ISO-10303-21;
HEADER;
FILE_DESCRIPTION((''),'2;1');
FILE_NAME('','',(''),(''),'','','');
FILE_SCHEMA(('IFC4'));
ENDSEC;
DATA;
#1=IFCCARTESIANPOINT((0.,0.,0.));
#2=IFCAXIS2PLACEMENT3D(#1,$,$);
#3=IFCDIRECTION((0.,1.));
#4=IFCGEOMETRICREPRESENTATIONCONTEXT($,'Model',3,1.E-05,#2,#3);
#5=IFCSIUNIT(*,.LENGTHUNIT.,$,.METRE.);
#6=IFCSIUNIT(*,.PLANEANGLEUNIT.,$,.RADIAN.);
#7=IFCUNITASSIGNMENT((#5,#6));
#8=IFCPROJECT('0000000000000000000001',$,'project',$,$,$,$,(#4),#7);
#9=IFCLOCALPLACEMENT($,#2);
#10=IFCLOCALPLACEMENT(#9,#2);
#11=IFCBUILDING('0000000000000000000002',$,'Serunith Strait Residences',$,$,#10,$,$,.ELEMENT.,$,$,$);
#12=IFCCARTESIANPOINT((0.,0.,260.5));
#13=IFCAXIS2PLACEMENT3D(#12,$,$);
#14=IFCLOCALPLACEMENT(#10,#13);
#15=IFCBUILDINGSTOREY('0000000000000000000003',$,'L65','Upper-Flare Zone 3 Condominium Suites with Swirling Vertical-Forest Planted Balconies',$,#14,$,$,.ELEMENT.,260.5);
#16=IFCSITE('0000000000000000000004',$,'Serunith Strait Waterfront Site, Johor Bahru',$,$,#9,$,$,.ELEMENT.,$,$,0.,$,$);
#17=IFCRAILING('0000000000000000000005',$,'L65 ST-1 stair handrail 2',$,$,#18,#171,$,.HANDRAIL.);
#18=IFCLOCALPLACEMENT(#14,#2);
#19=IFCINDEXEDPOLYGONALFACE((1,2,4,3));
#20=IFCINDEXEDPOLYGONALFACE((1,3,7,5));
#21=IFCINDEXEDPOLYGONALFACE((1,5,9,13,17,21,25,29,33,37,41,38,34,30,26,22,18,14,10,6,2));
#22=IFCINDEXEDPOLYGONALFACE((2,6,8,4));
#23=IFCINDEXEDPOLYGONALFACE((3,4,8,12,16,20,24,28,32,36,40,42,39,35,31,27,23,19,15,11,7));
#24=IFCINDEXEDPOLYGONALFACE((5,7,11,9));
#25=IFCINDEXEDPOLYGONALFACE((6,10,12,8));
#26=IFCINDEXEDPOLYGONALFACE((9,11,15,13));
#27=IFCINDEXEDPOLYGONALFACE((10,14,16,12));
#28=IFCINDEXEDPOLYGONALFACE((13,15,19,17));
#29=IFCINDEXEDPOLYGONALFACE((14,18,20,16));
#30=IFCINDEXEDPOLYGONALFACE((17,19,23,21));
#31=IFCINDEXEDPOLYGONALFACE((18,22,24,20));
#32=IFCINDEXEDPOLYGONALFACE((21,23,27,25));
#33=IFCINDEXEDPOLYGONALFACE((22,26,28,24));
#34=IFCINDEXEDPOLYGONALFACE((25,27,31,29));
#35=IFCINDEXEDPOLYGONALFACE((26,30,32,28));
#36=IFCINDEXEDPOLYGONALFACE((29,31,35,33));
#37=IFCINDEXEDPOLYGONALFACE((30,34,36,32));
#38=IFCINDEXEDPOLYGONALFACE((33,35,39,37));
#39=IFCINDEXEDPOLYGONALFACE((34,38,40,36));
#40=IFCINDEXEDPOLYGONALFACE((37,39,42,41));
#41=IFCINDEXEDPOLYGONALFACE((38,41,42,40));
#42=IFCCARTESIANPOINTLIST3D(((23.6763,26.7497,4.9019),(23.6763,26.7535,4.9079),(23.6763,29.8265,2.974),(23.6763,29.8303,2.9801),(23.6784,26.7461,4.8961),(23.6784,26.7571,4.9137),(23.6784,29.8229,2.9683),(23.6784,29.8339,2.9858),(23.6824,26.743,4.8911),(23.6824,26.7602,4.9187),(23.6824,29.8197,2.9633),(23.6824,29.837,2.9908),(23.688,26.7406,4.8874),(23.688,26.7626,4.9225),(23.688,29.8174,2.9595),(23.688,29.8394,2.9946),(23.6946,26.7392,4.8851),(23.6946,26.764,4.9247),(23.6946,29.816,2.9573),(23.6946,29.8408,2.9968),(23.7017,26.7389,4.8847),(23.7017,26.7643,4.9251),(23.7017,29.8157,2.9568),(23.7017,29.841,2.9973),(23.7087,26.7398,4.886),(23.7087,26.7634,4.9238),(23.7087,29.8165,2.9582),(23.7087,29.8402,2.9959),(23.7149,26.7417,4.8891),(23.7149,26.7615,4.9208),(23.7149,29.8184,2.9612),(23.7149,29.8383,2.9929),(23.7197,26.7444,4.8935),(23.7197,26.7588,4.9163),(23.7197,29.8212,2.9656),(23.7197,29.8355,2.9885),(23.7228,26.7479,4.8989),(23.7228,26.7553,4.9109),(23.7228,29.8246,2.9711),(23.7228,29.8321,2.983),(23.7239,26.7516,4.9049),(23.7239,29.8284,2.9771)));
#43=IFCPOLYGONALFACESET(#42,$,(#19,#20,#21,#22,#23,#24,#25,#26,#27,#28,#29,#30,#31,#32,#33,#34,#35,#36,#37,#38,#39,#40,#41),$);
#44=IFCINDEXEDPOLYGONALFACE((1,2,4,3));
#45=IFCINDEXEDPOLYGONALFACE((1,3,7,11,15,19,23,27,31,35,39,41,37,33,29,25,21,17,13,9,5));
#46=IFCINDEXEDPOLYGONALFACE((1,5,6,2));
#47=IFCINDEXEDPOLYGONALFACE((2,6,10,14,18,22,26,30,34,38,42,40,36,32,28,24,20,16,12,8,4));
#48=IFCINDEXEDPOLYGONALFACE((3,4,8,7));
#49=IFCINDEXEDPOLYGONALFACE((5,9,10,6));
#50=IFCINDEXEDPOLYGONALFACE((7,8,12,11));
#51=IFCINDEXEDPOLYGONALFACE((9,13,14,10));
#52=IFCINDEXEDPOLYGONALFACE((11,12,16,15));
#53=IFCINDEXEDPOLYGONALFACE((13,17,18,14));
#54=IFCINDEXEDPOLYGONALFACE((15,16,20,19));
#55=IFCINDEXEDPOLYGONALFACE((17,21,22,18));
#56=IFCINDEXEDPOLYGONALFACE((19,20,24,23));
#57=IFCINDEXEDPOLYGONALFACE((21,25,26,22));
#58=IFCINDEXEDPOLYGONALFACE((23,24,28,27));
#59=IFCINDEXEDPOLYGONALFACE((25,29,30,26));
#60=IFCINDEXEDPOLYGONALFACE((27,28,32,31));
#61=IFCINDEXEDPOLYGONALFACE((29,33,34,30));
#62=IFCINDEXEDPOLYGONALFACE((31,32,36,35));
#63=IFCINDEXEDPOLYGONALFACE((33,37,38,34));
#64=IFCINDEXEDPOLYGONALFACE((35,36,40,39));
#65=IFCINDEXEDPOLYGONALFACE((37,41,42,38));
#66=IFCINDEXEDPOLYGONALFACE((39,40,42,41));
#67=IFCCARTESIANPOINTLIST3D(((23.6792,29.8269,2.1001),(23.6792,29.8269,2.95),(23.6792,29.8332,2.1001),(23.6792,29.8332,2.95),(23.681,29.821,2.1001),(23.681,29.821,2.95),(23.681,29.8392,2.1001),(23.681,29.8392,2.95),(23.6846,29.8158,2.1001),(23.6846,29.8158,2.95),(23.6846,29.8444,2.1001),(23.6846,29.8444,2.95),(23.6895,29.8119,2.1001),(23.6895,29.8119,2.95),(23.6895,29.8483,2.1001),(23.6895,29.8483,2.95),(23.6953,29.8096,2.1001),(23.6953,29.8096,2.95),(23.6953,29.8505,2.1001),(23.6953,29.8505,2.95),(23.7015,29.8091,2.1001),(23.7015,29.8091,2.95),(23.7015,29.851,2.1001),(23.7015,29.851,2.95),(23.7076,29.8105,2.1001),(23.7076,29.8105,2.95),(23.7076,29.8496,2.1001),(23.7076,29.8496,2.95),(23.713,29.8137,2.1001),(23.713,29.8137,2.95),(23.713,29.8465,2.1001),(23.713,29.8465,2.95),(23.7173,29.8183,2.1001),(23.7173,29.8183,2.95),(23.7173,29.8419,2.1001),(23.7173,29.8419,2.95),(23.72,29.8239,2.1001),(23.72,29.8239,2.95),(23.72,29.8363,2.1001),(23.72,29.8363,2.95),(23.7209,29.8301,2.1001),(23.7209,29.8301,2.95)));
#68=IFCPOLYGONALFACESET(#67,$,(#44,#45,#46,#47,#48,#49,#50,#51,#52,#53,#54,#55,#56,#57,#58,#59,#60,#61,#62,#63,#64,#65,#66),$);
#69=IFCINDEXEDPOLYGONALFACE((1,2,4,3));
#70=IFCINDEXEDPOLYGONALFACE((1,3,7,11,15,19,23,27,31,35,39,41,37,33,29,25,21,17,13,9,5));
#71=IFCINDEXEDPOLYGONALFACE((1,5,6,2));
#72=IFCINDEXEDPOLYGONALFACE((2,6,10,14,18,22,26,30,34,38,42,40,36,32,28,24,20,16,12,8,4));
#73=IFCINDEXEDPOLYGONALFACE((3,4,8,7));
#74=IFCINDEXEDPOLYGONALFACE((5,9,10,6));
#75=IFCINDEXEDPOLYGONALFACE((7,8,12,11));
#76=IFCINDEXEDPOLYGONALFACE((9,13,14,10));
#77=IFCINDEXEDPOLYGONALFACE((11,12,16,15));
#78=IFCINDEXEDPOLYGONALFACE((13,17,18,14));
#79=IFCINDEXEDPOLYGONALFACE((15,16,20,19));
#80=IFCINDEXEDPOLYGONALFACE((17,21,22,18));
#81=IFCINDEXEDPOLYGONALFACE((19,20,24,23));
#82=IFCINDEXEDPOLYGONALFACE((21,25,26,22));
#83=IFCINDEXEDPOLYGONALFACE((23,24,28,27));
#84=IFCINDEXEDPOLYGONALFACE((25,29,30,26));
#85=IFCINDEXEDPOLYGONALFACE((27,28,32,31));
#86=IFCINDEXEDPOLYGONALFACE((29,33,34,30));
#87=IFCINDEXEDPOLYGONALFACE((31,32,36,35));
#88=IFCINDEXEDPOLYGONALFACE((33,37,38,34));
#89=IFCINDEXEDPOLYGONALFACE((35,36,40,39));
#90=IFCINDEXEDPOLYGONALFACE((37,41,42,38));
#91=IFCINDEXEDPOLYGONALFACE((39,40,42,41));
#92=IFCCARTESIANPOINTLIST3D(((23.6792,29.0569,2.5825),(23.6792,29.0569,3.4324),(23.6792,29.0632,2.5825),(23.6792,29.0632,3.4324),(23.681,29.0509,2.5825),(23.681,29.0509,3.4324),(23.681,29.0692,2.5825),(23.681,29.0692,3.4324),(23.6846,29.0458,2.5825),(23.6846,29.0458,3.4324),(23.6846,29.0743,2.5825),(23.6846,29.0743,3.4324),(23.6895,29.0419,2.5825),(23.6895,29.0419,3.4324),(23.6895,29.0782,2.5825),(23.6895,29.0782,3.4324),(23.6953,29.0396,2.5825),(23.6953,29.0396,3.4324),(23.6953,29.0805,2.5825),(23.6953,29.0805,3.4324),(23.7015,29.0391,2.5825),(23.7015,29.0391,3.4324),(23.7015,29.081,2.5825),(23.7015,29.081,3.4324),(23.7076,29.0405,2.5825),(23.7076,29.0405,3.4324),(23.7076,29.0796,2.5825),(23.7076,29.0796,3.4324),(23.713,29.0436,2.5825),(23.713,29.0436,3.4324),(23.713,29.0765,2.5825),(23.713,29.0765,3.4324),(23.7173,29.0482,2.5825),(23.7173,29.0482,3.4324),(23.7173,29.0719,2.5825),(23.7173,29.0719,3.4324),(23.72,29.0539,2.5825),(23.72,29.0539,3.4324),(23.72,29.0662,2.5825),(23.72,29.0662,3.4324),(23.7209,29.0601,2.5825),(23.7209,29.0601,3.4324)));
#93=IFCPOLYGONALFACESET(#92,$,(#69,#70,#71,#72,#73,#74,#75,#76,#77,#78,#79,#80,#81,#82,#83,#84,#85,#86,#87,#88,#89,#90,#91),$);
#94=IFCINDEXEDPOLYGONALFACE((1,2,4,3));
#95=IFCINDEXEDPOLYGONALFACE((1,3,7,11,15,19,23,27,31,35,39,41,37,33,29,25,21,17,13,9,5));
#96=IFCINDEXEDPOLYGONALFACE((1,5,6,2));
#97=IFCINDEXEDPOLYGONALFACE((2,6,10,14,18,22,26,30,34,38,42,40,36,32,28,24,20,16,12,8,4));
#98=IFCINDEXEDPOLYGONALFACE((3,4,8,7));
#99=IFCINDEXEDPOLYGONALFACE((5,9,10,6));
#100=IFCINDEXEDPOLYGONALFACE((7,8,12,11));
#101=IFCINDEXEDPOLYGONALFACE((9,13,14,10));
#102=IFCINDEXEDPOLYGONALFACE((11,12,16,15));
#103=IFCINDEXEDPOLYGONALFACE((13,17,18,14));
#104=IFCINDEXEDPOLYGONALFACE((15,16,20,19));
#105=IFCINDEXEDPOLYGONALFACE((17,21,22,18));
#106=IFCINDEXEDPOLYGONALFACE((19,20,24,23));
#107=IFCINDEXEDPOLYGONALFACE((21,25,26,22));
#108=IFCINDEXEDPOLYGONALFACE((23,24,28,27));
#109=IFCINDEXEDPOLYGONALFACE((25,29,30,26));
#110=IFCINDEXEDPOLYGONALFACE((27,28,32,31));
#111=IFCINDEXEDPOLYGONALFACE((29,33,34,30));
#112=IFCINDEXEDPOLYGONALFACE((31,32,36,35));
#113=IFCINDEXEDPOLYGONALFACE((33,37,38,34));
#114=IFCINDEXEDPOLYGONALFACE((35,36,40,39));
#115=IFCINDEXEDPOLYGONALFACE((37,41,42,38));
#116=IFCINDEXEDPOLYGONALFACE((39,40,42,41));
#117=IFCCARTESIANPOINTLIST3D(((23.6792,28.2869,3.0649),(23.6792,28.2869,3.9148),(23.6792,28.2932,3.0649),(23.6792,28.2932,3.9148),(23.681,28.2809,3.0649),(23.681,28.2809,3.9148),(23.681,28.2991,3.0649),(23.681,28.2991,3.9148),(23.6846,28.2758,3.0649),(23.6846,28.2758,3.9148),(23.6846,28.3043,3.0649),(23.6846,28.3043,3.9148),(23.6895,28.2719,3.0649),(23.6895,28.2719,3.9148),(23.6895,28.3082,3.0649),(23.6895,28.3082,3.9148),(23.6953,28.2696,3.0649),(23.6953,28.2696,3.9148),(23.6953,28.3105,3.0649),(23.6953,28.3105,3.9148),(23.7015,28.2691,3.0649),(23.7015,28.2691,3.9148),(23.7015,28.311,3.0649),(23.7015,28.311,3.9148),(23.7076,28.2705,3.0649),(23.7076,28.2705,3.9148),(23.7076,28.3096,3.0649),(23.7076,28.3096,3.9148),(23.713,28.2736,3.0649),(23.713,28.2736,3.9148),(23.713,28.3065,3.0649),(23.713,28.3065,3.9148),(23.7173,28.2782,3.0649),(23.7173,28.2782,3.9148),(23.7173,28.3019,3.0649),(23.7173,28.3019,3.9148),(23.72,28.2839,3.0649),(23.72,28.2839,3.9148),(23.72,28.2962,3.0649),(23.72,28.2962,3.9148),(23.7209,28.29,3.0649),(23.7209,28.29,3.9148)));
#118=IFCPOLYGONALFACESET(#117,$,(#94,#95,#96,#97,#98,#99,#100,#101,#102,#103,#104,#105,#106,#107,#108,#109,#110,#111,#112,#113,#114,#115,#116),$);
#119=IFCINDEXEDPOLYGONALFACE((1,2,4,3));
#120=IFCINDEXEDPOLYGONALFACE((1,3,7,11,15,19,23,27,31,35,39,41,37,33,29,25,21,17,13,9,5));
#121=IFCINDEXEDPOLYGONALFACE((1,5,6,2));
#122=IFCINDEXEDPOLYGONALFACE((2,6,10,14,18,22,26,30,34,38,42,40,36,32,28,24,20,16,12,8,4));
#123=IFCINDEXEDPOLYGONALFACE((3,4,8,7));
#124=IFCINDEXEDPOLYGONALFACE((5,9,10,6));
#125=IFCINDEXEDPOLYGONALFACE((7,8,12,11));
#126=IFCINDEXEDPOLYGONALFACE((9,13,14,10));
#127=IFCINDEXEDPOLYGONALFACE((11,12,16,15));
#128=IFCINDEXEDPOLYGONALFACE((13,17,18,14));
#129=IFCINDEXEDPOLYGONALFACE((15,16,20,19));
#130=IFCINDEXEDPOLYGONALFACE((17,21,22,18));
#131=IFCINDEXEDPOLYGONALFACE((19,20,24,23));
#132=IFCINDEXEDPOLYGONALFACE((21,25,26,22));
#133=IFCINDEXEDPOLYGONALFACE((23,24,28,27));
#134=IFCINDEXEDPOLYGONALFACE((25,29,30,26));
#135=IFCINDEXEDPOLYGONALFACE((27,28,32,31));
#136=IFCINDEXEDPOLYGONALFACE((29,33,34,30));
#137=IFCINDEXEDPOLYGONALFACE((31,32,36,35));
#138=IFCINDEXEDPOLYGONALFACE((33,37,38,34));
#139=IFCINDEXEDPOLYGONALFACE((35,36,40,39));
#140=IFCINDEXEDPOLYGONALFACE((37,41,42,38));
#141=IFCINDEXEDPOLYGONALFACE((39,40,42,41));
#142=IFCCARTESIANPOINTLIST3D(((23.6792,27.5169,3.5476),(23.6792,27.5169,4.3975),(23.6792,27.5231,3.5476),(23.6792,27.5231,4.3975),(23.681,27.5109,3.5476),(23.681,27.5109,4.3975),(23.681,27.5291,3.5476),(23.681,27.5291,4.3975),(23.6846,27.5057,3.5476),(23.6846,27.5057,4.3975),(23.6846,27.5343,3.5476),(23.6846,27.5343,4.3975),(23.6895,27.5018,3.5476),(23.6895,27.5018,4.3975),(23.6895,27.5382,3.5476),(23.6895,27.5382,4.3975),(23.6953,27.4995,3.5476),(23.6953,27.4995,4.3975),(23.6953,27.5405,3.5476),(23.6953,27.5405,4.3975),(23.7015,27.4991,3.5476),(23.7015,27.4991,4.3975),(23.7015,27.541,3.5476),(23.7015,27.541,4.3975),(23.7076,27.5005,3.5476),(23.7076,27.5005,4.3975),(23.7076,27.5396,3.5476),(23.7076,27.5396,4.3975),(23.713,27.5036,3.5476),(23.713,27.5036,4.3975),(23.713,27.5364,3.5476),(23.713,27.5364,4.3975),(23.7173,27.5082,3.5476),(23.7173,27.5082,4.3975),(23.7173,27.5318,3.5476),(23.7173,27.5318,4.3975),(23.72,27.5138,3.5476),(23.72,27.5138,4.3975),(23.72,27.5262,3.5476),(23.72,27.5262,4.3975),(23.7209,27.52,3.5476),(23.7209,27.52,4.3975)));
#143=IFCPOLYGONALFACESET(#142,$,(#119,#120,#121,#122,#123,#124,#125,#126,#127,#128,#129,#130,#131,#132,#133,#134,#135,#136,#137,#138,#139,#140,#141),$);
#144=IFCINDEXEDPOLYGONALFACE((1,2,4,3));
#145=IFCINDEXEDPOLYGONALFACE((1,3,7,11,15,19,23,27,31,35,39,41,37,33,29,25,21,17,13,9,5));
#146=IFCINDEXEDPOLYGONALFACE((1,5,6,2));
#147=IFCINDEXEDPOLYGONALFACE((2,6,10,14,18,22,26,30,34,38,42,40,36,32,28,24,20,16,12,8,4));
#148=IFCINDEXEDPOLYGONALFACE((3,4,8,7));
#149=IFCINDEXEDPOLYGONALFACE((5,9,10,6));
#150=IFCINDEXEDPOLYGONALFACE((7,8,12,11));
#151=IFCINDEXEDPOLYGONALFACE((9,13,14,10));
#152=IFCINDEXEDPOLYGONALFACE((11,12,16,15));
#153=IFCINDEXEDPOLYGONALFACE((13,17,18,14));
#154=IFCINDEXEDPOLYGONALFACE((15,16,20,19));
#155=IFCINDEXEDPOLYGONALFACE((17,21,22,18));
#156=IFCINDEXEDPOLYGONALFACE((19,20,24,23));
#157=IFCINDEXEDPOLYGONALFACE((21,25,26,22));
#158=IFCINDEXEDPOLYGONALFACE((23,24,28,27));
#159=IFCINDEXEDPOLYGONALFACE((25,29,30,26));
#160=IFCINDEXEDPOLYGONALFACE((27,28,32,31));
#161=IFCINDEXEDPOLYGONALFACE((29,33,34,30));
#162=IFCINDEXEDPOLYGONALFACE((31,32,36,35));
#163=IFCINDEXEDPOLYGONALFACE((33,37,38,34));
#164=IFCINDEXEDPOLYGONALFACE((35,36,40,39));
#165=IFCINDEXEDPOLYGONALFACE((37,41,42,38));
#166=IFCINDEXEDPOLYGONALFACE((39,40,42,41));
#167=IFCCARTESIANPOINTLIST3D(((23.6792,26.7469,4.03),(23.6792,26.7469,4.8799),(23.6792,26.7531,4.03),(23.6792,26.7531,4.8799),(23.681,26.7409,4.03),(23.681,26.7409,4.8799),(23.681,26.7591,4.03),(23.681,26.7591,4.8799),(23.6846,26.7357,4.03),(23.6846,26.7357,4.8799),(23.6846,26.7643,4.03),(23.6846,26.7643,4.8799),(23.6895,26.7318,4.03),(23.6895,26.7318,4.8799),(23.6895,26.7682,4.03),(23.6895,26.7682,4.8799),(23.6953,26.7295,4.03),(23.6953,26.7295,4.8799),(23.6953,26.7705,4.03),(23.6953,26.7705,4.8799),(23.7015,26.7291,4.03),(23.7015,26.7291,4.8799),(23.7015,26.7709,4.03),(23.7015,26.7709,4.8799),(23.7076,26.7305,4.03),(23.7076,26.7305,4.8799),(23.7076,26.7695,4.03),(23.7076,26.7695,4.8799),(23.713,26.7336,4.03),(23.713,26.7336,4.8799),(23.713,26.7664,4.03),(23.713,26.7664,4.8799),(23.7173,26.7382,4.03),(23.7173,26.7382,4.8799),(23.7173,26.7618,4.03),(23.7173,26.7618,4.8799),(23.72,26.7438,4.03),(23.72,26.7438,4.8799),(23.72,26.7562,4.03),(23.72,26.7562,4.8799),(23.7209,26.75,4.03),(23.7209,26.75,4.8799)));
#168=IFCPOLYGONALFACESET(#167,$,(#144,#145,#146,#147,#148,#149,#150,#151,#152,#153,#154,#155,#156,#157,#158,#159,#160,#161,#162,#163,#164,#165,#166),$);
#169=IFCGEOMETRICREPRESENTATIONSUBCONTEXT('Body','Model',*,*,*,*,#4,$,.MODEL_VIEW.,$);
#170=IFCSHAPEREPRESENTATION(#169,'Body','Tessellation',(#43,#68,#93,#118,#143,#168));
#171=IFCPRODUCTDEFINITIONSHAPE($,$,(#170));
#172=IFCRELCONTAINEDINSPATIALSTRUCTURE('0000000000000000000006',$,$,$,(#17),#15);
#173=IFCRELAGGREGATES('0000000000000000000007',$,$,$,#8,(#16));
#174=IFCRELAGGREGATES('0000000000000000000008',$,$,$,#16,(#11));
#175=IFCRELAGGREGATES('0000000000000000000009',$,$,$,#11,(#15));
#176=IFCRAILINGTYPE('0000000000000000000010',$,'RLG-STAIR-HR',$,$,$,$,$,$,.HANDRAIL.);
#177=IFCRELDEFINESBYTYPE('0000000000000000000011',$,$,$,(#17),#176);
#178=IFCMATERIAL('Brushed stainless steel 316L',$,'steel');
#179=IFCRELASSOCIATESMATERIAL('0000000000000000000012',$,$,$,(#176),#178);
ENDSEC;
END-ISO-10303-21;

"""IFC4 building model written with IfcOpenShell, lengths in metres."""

from ifc_helpers import new_model, si_unit, direction, frame, origin, origin_2d, place, context, subcontext, project, spatial, circle, extrude, material, type_object, element, save


model = new_model("IFC4")

# Units and contexts
model_context = context("Model", 3, precision=1e-05, world=origin(), true_north=direction((0.0, 1.0)))
body_context = subcontext(model_context, "Body", "Model", "MODEL_VIEW")
ifc_project = project(units=[si_unit("LENGTHUNIT", "METRE"), si_unit("PLANEANGLEUNIT", "RADIAN")], contexts=[model_context])

# Site, building, storey
site_placement = place(None, origin())
site = spatial("IfcSite", under=ifc_project, at=site_placement, Name="Serunith Strait Waterfront Site, Johor Bahru", CompositionType="ELEMENT", RefElevation=0.0)
building_placement = place(site_placement, origin())
building = spatial("IfcBuilding", under=site, at=building_placement, Name="Serunith Strait Residences", CompositionType="ELEMENT")
storey_placement = place(building_placement, frame((0.0, 0.0, 260.5)))
storey = spatial("IfcBuildingStorey", under=building, at=storey_placement, Name="L65", Description="Upper-Flare Zone 3 Condominium Suites with Swirling Vertical-Forest Planted Balconies", CompositionType="ELEMENT", Elevation=260.5)

# Railing
ifc_material_1 = material(Name="Brushed stainless steel 316L", Category="steel")
railing_type_1 = type_object("IfcRailingType", Name="RLG-STAIR-HR", PredefinedType="HANDRAIL", material=ifc_material_1)
railing_1_placement = place(storey_placement, frame((23.7, 29.8301, 2.1001)))
element("IfcRailing", 1, at=railing_1_placement, inside=storey, type_object=railing_type_1, Name="L65 ST-1 stair handrail 2", PredefinedType="HANDRAIL", context=body_context, shape_type="SweptSolid", body=[
    extrude(circle(Radius=0.0239, at=origin_2d()), frame((0.0, -0.0017, 0.877), z_axis=(0.0, -0.847394, 0.530965), x_axis=(1.0, 0.0, 0.0)), (0.0, 0.0, 1.0), 3.6309),
    extrude(circle(Radius=0.021, at=origin_2d()), origin(), (0.0, 0.0, 1.0), 0.8499),
    extrude(circle(Radius=0.021, at=origin_2d()), frame((0.0, -0.77, 0.4824)), (0.0, 0.0, 1.0), 0.8499),
    extrude(circle(Radius=0.021, at=origin_2d()), frame((0.0, -1.54, 0.9648)), (0.0, 0.0, 1.0), 0.8499),
    extrude(circle(Radius=0.021, at=origin_2d()), frame((0.0, -2.3101, 1.4475)), (0.0, 0.0, 1.0), 0.8499),
    extrude(circle(Radius=0.021, at=origin_2d()), frame((0.0, -3.0801, 1.9299)), (0.0, 0.0, 1.0), 0.8499),
])

save(model, "model.ifc")
